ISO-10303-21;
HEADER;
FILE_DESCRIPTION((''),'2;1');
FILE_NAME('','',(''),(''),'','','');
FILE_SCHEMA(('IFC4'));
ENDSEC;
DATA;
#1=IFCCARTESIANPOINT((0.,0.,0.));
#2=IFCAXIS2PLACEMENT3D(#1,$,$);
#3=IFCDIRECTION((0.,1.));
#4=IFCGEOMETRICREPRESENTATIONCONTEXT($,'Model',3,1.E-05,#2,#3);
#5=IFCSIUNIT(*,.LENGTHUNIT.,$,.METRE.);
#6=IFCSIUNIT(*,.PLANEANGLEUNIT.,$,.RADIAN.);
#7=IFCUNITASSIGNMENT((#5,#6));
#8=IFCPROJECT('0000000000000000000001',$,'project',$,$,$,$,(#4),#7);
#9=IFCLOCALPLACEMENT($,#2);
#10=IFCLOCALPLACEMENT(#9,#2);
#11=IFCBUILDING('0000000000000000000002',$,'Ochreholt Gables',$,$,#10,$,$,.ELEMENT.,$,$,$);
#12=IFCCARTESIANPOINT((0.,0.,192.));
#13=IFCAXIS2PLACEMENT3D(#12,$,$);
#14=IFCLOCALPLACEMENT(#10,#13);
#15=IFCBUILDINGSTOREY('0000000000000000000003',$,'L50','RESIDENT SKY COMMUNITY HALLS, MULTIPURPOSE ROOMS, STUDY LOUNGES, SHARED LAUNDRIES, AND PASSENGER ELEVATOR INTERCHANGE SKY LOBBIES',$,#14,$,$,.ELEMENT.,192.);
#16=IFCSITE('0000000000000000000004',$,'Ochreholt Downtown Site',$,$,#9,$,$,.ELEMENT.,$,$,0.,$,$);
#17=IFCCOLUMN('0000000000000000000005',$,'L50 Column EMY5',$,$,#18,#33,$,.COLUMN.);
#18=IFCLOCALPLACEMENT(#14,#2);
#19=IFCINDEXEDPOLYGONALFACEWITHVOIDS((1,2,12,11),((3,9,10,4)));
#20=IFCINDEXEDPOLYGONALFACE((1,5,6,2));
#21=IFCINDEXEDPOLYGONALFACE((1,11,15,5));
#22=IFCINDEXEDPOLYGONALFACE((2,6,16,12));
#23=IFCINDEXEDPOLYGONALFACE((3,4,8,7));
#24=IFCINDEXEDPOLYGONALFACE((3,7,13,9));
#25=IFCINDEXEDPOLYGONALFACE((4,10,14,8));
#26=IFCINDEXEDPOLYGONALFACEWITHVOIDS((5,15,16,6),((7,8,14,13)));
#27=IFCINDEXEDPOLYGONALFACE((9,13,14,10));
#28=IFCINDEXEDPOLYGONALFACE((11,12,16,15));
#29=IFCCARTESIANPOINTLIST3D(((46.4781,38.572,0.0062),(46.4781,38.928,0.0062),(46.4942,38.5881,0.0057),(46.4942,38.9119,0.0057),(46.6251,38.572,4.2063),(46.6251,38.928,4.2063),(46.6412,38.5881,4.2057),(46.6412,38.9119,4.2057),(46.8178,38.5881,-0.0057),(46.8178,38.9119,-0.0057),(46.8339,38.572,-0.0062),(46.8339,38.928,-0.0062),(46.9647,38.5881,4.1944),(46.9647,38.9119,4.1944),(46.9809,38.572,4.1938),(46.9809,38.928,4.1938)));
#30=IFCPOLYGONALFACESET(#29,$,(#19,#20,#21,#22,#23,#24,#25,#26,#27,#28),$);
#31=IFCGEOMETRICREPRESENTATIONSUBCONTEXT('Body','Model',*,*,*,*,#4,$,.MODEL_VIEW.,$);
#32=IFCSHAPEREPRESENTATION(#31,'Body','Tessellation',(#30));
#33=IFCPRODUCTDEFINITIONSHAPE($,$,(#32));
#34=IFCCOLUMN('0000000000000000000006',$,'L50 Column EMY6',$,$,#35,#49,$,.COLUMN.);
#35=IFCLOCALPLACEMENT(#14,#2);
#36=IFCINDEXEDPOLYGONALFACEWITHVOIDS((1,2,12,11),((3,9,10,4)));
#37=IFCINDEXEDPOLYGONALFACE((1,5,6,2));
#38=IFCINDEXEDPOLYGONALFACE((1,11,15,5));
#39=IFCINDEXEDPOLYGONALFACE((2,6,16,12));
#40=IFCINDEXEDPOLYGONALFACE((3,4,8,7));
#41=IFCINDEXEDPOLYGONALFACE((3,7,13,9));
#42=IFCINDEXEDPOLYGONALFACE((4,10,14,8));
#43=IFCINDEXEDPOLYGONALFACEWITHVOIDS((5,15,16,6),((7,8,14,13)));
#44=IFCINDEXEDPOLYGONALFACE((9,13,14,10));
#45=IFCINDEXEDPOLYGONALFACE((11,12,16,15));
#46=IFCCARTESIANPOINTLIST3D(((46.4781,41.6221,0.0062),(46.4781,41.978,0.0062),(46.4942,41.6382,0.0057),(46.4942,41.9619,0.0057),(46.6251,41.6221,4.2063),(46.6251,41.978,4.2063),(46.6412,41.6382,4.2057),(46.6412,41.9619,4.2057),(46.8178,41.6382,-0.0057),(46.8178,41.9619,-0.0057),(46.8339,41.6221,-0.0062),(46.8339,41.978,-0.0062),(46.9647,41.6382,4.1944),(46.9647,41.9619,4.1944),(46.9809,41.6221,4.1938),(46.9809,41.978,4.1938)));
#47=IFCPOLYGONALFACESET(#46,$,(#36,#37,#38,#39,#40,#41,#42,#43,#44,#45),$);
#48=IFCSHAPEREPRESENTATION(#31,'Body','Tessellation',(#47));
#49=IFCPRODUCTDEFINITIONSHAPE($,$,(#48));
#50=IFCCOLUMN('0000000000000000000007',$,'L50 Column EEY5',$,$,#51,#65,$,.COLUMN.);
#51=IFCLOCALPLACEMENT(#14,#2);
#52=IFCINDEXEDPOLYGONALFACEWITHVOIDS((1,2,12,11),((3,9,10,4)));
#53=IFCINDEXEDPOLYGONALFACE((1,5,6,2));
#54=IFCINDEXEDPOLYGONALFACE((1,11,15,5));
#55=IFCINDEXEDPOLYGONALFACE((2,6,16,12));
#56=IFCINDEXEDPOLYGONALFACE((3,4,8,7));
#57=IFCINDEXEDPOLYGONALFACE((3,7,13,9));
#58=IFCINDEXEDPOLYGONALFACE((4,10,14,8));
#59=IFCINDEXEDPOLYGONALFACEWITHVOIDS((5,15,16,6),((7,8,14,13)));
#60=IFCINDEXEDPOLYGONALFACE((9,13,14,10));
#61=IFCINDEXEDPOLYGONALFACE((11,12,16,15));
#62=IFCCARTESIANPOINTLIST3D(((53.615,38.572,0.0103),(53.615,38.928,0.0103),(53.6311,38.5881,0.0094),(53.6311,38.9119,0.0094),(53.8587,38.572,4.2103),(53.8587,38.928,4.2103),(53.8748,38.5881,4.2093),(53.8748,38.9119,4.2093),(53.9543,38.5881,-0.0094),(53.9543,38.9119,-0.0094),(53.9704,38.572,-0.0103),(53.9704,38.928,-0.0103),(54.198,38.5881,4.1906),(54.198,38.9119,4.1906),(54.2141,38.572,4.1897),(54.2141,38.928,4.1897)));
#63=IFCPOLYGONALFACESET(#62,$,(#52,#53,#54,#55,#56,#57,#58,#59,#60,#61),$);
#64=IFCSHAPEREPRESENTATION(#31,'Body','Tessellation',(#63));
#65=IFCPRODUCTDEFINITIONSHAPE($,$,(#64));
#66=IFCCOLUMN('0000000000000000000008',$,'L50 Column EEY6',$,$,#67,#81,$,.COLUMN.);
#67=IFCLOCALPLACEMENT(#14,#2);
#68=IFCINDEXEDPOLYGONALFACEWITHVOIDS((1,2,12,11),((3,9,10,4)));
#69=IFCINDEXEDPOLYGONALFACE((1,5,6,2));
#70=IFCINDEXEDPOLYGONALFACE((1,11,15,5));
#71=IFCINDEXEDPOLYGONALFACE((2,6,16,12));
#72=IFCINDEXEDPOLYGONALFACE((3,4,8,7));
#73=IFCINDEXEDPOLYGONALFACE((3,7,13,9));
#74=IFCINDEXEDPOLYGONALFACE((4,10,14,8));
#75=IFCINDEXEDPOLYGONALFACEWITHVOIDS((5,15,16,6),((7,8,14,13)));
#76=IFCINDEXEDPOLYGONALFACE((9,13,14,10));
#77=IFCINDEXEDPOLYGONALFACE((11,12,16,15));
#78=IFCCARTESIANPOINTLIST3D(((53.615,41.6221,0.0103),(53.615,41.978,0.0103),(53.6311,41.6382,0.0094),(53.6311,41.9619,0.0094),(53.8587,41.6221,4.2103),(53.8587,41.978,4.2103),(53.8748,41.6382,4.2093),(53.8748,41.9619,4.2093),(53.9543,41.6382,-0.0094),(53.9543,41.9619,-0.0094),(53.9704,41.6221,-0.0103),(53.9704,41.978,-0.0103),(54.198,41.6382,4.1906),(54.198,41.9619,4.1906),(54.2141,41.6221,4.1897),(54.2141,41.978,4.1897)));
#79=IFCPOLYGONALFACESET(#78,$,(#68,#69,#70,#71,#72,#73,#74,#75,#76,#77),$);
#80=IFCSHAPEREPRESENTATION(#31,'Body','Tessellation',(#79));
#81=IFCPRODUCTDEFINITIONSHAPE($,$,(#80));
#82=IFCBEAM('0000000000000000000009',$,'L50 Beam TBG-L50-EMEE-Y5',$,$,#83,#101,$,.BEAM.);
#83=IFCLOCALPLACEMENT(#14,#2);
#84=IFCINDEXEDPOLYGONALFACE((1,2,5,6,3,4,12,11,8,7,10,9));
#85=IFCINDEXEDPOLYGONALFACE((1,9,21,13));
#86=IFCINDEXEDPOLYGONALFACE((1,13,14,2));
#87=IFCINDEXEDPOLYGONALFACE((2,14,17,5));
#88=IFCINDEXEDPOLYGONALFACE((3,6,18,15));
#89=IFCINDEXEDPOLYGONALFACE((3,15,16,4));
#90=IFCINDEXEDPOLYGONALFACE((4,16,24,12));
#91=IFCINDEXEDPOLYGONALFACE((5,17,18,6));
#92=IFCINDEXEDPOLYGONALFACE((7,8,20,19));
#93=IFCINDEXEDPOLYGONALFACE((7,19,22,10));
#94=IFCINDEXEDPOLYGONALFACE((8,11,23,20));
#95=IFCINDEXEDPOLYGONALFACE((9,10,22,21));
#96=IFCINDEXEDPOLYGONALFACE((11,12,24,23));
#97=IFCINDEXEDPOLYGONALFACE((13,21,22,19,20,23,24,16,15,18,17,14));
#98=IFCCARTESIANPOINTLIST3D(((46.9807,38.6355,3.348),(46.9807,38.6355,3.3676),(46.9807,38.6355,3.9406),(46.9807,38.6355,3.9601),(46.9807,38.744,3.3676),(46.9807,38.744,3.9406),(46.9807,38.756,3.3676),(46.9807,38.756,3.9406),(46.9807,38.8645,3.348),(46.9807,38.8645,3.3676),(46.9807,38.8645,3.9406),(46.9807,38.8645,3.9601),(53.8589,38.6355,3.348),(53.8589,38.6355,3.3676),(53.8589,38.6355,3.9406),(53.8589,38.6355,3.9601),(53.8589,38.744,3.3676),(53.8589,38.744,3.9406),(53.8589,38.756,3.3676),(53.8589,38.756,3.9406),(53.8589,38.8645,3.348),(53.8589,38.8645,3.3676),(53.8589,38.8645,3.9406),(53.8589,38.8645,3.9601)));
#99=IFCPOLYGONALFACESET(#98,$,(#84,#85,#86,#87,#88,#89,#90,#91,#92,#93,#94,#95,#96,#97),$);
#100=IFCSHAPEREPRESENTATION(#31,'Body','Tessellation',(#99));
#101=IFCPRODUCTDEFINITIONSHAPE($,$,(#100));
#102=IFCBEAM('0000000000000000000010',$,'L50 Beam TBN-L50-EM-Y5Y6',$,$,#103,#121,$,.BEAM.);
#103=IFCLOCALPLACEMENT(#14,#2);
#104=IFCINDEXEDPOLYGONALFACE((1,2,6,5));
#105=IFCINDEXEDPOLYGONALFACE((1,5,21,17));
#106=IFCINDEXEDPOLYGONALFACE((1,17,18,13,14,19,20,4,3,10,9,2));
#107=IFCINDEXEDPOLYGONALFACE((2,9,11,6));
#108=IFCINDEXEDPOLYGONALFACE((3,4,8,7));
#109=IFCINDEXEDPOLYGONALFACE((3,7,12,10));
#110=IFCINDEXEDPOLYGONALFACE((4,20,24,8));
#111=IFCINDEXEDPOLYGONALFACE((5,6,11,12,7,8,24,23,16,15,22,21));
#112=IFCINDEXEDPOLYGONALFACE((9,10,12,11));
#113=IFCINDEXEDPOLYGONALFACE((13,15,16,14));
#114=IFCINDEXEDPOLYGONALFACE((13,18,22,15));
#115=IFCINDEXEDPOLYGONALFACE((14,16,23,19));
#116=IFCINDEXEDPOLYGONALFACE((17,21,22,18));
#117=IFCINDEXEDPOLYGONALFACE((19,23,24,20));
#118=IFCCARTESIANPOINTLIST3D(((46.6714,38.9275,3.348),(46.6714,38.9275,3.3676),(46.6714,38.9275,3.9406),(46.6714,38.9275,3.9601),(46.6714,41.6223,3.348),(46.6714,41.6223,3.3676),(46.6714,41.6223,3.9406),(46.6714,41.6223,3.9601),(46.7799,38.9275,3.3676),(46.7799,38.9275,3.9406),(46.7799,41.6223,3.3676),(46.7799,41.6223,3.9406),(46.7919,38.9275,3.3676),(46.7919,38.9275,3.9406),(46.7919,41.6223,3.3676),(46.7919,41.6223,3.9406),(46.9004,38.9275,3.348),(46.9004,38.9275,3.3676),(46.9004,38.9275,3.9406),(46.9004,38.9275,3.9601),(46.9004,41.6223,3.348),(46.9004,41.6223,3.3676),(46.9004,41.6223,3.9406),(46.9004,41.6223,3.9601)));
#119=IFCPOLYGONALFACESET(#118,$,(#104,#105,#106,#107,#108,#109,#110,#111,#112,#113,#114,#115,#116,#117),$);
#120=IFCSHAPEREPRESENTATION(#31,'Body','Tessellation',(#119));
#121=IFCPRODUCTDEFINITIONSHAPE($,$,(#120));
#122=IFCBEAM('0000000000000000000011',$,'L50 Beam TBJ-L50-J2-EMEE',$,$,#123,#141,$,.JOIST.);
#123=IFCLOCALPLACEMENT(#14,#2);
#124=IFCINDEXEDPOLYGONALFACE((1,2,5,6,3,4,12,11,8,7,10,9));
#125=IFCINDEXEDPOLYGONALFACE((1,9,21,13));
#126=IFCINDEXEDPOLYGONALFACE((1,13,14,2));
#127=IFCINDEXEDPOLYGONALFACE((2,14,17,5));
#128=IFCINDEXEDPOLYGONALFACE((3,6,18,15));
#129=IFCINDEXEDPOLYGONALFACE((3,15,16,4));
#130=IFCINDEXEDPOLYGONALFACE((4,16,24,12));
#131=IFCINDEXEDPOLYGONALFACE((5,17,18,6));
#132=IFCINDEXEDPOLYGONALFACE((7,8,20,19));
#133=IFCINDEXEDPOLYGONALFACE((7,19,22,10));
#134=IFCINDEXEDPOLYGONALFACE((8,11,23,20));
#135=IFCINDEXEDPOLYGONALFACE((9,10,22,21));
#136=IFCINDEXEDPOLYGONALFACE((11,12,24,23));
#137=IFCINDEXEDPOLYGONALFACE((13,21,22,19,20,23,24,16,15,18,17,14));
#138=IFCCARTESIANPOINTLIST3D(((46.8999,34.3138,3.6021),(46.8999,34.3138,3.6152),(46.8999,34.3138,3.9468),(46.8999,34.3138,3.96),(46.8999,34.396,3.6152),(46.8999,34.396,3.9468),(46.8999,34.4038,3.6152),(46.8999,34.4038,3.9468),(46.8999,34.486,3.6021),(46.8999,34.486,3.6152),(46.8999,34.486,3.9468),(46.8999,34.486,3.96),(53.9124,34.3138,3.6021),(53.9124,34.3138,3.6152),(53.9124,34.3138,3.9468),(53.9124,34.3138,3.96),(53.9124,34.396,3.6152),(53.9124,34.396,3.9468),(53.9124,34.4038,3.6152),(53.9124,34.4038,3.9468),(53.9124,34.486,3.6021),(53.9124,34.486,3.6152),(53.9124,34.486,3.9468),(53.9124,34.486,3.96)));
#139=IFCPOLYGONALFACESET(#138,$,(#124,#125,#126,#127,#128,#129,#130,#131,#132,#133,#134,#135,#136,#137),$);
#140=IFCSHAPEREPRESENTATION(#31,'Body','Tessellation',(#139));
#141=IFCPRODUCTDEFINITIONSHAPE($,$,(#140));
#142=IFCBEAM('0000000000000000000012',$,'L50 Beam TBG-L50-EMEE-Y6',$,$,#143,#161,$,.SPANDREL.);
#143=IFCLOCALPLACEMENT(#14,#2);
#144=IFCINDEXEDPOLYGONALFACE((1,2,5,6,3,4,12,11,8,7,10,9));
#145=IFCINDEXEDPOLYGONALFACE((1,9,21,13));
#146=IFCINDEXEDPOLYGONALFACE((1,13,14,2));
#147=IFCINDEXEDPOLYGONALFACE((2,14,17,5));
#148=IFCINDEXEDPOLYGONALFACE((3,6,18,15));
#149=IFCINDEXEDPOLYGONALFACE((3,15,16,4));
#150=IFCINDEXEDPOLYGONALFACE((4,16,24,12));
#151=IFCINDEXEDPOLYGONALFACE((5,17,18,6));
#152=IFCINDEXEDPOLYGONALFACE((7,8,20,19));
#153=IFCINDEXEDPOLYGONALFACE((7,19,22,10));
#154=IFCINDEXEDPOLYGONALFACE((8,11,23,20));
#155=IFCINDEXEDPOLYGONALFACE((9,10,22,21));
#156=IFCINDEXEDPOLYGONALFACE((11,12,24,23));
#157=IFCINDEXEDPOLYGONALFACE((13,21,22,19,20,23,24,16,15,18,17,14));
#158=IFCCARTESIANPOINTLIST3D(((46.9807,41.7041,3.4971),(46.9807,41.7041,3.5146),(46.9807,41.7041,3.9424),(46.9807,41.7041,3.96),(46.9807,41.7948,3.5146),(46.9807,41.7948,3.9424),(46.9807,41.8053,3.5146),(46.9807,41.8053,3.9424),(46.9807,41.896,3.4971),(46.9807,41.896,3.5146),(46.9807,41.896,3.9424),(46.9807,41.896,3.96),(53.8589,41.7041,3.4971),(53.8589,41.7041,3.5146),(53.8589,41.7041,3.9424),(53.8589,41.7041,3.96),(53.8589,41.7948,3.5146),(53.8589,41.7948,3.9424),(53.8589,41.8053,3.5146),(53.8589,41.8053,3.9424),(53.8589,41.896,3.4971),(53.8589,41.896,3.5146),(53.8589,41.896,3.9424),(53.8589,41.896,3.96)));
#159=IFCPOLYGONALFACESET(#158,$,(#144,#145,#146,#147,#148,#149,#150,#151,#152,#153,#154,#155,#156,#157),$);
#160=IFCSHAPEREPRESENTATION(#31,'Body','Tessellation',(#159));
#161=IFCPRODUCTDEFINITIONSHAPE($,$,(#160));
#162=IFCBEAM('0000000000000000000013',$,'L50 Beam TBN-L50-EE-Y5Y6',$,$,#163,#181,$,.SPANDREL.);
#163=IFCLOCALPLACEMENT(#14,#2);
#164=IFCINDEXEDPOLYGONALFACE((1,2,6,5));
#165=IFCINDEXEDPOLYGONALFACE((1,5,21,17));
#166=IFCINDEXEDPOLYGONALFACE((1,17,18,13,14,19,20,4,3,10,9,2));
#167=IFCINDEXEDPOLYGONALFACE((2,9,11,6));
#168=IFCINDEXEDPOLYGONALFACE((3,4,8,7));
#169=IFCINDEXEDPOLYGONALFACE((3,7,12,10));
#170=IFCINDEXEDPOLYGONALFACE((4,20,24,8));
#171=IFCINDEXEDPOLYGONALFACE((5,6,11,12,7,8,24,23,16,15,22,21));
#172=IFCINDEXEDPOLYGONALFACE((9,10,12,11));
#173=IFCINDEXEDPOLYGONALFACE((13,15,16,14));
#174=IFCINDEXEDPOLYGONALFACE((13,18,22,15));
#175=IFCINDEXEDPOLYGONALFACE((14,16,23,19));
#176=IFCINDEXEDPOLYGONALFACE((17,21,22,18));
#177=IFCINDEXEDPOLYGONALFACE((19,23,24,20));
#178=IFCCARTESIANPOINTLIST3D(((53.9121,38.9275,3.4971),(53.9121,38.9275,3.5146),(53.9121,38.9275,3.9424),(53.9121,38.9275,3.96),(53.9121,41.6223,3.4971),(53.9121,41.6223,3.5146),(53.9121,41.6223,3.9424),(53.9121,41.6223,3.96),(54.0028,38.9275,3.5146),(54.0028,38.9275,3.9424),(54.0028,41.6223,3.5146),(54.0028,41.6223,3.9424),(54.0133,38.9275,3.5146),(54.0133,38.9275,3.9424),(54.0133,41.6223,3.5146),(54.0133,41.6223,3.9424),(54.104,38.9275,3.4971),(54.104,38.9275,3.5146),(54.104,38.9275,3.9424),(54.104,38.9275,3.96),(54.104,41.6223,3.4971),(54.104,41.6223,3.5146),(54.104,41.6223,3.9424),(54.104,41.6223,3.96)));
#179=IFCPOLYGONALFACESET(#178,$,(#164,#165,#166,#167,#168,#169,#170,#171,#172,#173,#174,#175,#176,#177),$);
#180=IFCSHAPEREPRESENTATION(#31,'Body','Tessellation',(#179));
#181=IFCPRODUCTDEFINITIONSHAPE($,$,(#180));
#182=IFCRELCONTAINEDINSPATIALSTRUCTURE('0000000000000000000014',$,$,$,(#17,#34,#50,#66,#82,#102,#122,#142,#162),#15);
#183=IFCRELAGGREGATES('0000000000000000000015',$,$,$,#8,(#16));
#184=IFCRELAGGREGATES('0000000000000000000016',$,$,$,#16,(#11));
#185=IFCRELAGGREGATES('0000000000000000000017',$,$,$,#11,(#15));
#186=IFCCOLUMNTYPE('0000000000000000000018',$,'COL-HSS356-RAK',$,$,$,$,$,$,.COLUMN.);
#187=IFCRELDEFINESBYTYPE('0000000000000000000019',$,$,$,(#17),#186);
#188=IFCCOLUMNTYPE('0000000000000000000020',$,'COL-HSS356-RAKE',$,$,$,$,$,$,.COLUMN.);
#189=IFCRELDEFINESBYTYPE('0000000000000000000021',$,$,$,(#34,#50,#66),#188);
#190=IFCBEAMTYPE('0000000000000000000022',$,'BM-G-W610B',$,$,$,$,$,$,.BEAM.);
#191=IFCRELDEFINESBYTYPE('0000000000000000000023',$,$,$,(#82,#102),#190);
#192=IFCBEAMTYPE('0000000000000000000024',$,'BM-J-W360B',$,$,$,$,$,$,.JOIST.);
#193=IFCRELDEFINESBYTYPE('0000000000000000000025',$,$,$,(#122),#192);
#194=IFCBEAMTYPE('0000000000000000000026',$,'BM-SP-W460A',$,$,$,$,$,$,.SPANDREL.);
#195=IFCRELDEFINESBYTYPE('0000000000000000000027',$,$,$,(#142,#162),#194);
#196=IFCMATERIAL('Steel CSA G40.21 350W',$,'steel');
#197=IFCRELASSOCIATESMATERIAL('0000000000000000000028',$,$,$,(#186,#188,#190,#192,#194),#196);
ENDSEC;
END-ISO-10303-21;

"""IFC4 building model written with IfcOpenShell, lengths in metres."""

from ifc_helpers import new_model, si_unit, direction, frame, origin, origin_2d, place, context, subcontext, project, spatial, hollow_rectangle, i_section, extrude, material, material_profile, profile_set, type_object, element, save


model = new_model("IFC4")

# Units and contexts
model_context = context("Model", 3, precision=1e-05, world=origin(), true_north=direction((0.0, 1.0)))
body_context = subcontext(model_context, "Body", "Model", "MODEL_VIEW")
ifc_project = project(units=[si_unit("LENGTHUNIT", "METRE"), si_unit("PLANEANGLEUNIT", "RADIAN")], contexts=[model_context])

# Site, building, storey
site_placement = place(None, origin())
site = spatial("IfcSite", under=ifc_project, at=site_placement, Name="Ochreholt Downtown Site", CompositionType="ELEMENT", RefElevation=0.0)
building_placement = place(site_placement, origin())
building = spatial("IfcBuilding", under=site, at=building_placement, Name="Ochreholt Gables", CompositionType="ELEMENT")
storey_placement = place(building_placement, frame((0.0, 0.0, 192.0)))
storey = spatial("IfcBuildingStorey", under=building, at=storey_placement, Name="L50", Description="RESIDENT SKY COMMUNITY HALLS, MULTIPURPOSE ROOMS, STUDY LOUNGES, SHARED LAUNDRIES, AND PASSENGER ELEVATOR INTERCHANGE SKY LOBBIES", CompositionType="ELEMENT", Elevation=192.0)

# Columns
ifc_material_1 = material(Name="Steel CSA G40.21 350W", Category="steel")
ifc_material_profile_1 = material_profile(ifc_material_1, hollow_rectangle(XDim=0.356, YDim=0.356, WallThickness=0.0161, at=origin_2d()), Name="HSS356X356X16")
ifc_profile_set_1 = profile_set([ifc_material_profile_1], Name="Steel CSA G40.21 350W")
column_type_1 = type_object("IfcColumnType", Name="COL-HSS356-RAK", PredefinedType="COLUMN", material=ifc_profile_set_1)
column_1_placement = place(storey_placement, frame((46.656, 38.75, 0.0), z_axis=(0.034972, 0.0, 0.999388), x_axis=(0.0, 1.0, 0.0)))
element("IfcColumn", 1, at=column_1_placement, inside=storey, type_object=column_type_1, Name="L50 Column EMY5", PredefinedType="COLUMN", context=body_context, shape_type="SweptSolid", body=[
    extrude(hollow_rectangle(XDim=0.356, YDim=0.356, WallThickness=0.0161, at=origin_2d()), origin(), (0.0, 0.0, 1.0), 4.2026),
])
ifc_material_profile_2 = material_profile(ifc_material_1, hollow_rectangle(XDim=0.356, YDim=0.356, WallThickness=0.0161, at=origin_2d()), Name="HSS356X356X16")
ifc_profile_set_2 = profile_set([ifc_material_profile_2], Name="Steel CSA G40.21 350W")
column_type_2 = type_object("IfcColumnType", Name="COL-HSS356-RAKE", PredefinedType="COLUMN", material=ifc_profile_set_2)
column_2_placement = place(storey_placement, frame((46.656, 41.8, 0.0), z_axis=(0.034972, 0.0, 0.999388), x_axis=(0.0, 1.0, 0.0)))
element("IfcColumn", 2, at=column_2_placement, inside=storey, type_object=column_type_2, Name="L50 Column EMY6", PredefinedType="COLUMN", context=body_context, shape_type="SweptSolid", body=[
    extrude(hollow_rectangle(XDim=0.356, YDim=0.356, WallThickness=0.0161, at=origin_2d()), origin(), (0.0, 0.0, 1.0), 4.2026),
])
for number, where, z_axis, x_axis, name in (
    (3, (53.7927, 38.75, 0.0), (0.057916, 0.0, 0.998321), (0.0, 1.0, 0.0), "L50 Column EEY5"),
    (4, (53.7927, 41.8, 0.0), (0.057916, 0.0, 0.998321), (0.0, 1.0, 0.0), "L50 Column EEY6"),
):
    element("IfcColumn", number, at=place(storey_placement, frame(where, z_axis=z_axis, x_axis=x_axis)), inside=storey, type_object=column_type_2, Name=name, PredefinedType="COLUMN", context=body_context, shape_type="SweptSolid", body=[
        extrude(hollow_rectangle(XDim=0.356, YDim=0.356, WallThickness=0.0161, at=origin_2d()), origin(), (0.0, 0.0, 1.0), 4.207),
    ])

# Beams
ifc_material_profile_3 = material_profile(ifc_material_1, i_section(OverallWidth=0.229, OverallDepth=0.6121, WebThickness=0.012, FlangeThickness=0.0195, at=origin_2d()), Name="W610X125")
ifc_profile_set_3 = profile_set([ifc_material_profile_3], Name="Steel CSA G40.21 350W")
beam_type_1 = type_object("IfcBeamType", Name="BM-G-W610B", PredefinedType="BEAM", material=ifc_profile_set_3)
beam_1_placement = place(storey_placement, frame((46.9807, 38.75, 3.6541), z_axis=(1.0, 0.0, 0.0), x_axis=(0.0, 1.0, 0.0)))
element("IfcBeam", 5, at=beam_1_placement, inside=storey, type_object=beam_type_1, Name="L50 Beam TBG-L50-EMEE-Y5", PredefinedType="BEAM", context=body_context, shape_type="SweptSolid", body=[
    extrude(i_section(OverallWidth=0.229, OverallDepth=0.6121, WebThickness=0.012, FlangeThickness=0.0195, at=origin_2d()), origin(), (0.0, 0.0, 1.0), 6.8782),
])
beam_2_placement = place(storey_placement, frame((46.7859, 38.9275, 3.6541), z_axis=(0.0, 1.0, 0.0), x_axis=(-1.0, 0.0, 0.0)))
element("IfcBeam", 6, at=beam_2_placement, inside=storey, type_object=beam_type_1, Name="L50 Beam TBN-L50-EM-Y5Y6", PredefinedType="BEAM", context=body_context, shape_type="SweptSolid", body=[
    extrude(i_section(OverallWidth=0.229, OverallDepth=0.6121, WebThickness=0.012, FlangeThickness=0.0195, at=origin_2d()), origin(), (0.0, 0.0, 1.0), 2.6948),
])
ifc_material_profile_4 = material_profile(ifc_material_1, i_section(OverallWidth=0.1721, OverallDepth=0.3579, WebThickness=0.0078, FlangeThickness=0.0132, at=origin_2d()), Name="W360X57")
ifc_profile_set_4 = profile_set([ifc_material_profile_4], Name="Steel CSA G40.21 350W")
beam_type_2 = type_object("IfcBeamType", Name="BM-J-W360B", PredefinedType="JOIST", material=ifc_profile_set_4)
beam_3_placement = place(storey_placement, frame((46.8999, 34.3999, 3.781), z_axis=(1.0, 0.0, 0.0), x_axis=(0.0, 1.0, 0.0)))
element("IfcBeam", 7, at=beam_3_placement, inside=storey, type_object=beam_type_2, Name="L50 Beam TBJ-L50-J2-EMEE", PredefinedType="JOIST", context=body_context, shape_type="SweptSolid", body=[
    extrude(i_section(OverallWidth=0.1721, OverallDepth=0.3579, WebThickness=0.0078, FlangeThickness=0.0132, at=origin_2d()), origin(), (0.0, 0.0, 1.0), 7.0125),
])
ifc_material_profile_5 = material_profile(ifc_material_1, i_section(OverallWidth=0.1919, OverallDepth=0.4629, WebThickness=0.0105, FlangeThickness=0.0176, at=origin_2d()), Name="W460X89")
ifc_profile_set_5 = profile_set([ifc_material_profile_5], Name="Steel CSA G40.21 350W")
beam_type_3 = type_object("IfcBeamType", Name="BM-SP-W460A", PredefinedType="SPANDREL", material=ifc_profile_set_5)
beam_4_placement = place(storey_placement, frame((46.9807, 41.8, 3.7285), z_axis=(1.0, 0.0, 0.0), x_axis=(0.0, 1.0, 0.0)))
element("IfcBeam", 8, at=beam_4_placement, inside=storey, type_object=beam_type_3, Name="L50 Beam TBG-L50-EMEE-Y6", PredefinedType="SPANDREL", context=body_context, shape_type="SweptSolid", body=[
    extrude(i_section(OverallWidth=0.1919, OverallDepth=0.4629, WebThickness=0.0105, FlangeThickness=0.0176, at=origin_2d()), origin(), (0.0, 0.0, 1.0), 6.8782),
])
beam_5_placement = place(storey_placement, frame((54.0081, 38.9275, 3.7285), z_axis=(0.0, 1.0, 0.0), x_axis=(-1.0, 0.0, 0.0)))
element("IfcBeam", 9, at=beam_5_placement, inside=storey, type_object=beam_type_3, Name="L50 Beam TBN-L50-EE-Y5Y6", PredefinedType="SPANDREL", context=body_context, shape_type="SweptSolid", body=[
    extrude(i_section(OverallWidth=0.1919, OverallDepth=0.4629, WebThickness=0.0105, FlangeThickness=0.0176, at=origin_2d()), origin(), (0.0, 0.0, 1.0), 2.6948),
])

save(model, "model.ifc")
